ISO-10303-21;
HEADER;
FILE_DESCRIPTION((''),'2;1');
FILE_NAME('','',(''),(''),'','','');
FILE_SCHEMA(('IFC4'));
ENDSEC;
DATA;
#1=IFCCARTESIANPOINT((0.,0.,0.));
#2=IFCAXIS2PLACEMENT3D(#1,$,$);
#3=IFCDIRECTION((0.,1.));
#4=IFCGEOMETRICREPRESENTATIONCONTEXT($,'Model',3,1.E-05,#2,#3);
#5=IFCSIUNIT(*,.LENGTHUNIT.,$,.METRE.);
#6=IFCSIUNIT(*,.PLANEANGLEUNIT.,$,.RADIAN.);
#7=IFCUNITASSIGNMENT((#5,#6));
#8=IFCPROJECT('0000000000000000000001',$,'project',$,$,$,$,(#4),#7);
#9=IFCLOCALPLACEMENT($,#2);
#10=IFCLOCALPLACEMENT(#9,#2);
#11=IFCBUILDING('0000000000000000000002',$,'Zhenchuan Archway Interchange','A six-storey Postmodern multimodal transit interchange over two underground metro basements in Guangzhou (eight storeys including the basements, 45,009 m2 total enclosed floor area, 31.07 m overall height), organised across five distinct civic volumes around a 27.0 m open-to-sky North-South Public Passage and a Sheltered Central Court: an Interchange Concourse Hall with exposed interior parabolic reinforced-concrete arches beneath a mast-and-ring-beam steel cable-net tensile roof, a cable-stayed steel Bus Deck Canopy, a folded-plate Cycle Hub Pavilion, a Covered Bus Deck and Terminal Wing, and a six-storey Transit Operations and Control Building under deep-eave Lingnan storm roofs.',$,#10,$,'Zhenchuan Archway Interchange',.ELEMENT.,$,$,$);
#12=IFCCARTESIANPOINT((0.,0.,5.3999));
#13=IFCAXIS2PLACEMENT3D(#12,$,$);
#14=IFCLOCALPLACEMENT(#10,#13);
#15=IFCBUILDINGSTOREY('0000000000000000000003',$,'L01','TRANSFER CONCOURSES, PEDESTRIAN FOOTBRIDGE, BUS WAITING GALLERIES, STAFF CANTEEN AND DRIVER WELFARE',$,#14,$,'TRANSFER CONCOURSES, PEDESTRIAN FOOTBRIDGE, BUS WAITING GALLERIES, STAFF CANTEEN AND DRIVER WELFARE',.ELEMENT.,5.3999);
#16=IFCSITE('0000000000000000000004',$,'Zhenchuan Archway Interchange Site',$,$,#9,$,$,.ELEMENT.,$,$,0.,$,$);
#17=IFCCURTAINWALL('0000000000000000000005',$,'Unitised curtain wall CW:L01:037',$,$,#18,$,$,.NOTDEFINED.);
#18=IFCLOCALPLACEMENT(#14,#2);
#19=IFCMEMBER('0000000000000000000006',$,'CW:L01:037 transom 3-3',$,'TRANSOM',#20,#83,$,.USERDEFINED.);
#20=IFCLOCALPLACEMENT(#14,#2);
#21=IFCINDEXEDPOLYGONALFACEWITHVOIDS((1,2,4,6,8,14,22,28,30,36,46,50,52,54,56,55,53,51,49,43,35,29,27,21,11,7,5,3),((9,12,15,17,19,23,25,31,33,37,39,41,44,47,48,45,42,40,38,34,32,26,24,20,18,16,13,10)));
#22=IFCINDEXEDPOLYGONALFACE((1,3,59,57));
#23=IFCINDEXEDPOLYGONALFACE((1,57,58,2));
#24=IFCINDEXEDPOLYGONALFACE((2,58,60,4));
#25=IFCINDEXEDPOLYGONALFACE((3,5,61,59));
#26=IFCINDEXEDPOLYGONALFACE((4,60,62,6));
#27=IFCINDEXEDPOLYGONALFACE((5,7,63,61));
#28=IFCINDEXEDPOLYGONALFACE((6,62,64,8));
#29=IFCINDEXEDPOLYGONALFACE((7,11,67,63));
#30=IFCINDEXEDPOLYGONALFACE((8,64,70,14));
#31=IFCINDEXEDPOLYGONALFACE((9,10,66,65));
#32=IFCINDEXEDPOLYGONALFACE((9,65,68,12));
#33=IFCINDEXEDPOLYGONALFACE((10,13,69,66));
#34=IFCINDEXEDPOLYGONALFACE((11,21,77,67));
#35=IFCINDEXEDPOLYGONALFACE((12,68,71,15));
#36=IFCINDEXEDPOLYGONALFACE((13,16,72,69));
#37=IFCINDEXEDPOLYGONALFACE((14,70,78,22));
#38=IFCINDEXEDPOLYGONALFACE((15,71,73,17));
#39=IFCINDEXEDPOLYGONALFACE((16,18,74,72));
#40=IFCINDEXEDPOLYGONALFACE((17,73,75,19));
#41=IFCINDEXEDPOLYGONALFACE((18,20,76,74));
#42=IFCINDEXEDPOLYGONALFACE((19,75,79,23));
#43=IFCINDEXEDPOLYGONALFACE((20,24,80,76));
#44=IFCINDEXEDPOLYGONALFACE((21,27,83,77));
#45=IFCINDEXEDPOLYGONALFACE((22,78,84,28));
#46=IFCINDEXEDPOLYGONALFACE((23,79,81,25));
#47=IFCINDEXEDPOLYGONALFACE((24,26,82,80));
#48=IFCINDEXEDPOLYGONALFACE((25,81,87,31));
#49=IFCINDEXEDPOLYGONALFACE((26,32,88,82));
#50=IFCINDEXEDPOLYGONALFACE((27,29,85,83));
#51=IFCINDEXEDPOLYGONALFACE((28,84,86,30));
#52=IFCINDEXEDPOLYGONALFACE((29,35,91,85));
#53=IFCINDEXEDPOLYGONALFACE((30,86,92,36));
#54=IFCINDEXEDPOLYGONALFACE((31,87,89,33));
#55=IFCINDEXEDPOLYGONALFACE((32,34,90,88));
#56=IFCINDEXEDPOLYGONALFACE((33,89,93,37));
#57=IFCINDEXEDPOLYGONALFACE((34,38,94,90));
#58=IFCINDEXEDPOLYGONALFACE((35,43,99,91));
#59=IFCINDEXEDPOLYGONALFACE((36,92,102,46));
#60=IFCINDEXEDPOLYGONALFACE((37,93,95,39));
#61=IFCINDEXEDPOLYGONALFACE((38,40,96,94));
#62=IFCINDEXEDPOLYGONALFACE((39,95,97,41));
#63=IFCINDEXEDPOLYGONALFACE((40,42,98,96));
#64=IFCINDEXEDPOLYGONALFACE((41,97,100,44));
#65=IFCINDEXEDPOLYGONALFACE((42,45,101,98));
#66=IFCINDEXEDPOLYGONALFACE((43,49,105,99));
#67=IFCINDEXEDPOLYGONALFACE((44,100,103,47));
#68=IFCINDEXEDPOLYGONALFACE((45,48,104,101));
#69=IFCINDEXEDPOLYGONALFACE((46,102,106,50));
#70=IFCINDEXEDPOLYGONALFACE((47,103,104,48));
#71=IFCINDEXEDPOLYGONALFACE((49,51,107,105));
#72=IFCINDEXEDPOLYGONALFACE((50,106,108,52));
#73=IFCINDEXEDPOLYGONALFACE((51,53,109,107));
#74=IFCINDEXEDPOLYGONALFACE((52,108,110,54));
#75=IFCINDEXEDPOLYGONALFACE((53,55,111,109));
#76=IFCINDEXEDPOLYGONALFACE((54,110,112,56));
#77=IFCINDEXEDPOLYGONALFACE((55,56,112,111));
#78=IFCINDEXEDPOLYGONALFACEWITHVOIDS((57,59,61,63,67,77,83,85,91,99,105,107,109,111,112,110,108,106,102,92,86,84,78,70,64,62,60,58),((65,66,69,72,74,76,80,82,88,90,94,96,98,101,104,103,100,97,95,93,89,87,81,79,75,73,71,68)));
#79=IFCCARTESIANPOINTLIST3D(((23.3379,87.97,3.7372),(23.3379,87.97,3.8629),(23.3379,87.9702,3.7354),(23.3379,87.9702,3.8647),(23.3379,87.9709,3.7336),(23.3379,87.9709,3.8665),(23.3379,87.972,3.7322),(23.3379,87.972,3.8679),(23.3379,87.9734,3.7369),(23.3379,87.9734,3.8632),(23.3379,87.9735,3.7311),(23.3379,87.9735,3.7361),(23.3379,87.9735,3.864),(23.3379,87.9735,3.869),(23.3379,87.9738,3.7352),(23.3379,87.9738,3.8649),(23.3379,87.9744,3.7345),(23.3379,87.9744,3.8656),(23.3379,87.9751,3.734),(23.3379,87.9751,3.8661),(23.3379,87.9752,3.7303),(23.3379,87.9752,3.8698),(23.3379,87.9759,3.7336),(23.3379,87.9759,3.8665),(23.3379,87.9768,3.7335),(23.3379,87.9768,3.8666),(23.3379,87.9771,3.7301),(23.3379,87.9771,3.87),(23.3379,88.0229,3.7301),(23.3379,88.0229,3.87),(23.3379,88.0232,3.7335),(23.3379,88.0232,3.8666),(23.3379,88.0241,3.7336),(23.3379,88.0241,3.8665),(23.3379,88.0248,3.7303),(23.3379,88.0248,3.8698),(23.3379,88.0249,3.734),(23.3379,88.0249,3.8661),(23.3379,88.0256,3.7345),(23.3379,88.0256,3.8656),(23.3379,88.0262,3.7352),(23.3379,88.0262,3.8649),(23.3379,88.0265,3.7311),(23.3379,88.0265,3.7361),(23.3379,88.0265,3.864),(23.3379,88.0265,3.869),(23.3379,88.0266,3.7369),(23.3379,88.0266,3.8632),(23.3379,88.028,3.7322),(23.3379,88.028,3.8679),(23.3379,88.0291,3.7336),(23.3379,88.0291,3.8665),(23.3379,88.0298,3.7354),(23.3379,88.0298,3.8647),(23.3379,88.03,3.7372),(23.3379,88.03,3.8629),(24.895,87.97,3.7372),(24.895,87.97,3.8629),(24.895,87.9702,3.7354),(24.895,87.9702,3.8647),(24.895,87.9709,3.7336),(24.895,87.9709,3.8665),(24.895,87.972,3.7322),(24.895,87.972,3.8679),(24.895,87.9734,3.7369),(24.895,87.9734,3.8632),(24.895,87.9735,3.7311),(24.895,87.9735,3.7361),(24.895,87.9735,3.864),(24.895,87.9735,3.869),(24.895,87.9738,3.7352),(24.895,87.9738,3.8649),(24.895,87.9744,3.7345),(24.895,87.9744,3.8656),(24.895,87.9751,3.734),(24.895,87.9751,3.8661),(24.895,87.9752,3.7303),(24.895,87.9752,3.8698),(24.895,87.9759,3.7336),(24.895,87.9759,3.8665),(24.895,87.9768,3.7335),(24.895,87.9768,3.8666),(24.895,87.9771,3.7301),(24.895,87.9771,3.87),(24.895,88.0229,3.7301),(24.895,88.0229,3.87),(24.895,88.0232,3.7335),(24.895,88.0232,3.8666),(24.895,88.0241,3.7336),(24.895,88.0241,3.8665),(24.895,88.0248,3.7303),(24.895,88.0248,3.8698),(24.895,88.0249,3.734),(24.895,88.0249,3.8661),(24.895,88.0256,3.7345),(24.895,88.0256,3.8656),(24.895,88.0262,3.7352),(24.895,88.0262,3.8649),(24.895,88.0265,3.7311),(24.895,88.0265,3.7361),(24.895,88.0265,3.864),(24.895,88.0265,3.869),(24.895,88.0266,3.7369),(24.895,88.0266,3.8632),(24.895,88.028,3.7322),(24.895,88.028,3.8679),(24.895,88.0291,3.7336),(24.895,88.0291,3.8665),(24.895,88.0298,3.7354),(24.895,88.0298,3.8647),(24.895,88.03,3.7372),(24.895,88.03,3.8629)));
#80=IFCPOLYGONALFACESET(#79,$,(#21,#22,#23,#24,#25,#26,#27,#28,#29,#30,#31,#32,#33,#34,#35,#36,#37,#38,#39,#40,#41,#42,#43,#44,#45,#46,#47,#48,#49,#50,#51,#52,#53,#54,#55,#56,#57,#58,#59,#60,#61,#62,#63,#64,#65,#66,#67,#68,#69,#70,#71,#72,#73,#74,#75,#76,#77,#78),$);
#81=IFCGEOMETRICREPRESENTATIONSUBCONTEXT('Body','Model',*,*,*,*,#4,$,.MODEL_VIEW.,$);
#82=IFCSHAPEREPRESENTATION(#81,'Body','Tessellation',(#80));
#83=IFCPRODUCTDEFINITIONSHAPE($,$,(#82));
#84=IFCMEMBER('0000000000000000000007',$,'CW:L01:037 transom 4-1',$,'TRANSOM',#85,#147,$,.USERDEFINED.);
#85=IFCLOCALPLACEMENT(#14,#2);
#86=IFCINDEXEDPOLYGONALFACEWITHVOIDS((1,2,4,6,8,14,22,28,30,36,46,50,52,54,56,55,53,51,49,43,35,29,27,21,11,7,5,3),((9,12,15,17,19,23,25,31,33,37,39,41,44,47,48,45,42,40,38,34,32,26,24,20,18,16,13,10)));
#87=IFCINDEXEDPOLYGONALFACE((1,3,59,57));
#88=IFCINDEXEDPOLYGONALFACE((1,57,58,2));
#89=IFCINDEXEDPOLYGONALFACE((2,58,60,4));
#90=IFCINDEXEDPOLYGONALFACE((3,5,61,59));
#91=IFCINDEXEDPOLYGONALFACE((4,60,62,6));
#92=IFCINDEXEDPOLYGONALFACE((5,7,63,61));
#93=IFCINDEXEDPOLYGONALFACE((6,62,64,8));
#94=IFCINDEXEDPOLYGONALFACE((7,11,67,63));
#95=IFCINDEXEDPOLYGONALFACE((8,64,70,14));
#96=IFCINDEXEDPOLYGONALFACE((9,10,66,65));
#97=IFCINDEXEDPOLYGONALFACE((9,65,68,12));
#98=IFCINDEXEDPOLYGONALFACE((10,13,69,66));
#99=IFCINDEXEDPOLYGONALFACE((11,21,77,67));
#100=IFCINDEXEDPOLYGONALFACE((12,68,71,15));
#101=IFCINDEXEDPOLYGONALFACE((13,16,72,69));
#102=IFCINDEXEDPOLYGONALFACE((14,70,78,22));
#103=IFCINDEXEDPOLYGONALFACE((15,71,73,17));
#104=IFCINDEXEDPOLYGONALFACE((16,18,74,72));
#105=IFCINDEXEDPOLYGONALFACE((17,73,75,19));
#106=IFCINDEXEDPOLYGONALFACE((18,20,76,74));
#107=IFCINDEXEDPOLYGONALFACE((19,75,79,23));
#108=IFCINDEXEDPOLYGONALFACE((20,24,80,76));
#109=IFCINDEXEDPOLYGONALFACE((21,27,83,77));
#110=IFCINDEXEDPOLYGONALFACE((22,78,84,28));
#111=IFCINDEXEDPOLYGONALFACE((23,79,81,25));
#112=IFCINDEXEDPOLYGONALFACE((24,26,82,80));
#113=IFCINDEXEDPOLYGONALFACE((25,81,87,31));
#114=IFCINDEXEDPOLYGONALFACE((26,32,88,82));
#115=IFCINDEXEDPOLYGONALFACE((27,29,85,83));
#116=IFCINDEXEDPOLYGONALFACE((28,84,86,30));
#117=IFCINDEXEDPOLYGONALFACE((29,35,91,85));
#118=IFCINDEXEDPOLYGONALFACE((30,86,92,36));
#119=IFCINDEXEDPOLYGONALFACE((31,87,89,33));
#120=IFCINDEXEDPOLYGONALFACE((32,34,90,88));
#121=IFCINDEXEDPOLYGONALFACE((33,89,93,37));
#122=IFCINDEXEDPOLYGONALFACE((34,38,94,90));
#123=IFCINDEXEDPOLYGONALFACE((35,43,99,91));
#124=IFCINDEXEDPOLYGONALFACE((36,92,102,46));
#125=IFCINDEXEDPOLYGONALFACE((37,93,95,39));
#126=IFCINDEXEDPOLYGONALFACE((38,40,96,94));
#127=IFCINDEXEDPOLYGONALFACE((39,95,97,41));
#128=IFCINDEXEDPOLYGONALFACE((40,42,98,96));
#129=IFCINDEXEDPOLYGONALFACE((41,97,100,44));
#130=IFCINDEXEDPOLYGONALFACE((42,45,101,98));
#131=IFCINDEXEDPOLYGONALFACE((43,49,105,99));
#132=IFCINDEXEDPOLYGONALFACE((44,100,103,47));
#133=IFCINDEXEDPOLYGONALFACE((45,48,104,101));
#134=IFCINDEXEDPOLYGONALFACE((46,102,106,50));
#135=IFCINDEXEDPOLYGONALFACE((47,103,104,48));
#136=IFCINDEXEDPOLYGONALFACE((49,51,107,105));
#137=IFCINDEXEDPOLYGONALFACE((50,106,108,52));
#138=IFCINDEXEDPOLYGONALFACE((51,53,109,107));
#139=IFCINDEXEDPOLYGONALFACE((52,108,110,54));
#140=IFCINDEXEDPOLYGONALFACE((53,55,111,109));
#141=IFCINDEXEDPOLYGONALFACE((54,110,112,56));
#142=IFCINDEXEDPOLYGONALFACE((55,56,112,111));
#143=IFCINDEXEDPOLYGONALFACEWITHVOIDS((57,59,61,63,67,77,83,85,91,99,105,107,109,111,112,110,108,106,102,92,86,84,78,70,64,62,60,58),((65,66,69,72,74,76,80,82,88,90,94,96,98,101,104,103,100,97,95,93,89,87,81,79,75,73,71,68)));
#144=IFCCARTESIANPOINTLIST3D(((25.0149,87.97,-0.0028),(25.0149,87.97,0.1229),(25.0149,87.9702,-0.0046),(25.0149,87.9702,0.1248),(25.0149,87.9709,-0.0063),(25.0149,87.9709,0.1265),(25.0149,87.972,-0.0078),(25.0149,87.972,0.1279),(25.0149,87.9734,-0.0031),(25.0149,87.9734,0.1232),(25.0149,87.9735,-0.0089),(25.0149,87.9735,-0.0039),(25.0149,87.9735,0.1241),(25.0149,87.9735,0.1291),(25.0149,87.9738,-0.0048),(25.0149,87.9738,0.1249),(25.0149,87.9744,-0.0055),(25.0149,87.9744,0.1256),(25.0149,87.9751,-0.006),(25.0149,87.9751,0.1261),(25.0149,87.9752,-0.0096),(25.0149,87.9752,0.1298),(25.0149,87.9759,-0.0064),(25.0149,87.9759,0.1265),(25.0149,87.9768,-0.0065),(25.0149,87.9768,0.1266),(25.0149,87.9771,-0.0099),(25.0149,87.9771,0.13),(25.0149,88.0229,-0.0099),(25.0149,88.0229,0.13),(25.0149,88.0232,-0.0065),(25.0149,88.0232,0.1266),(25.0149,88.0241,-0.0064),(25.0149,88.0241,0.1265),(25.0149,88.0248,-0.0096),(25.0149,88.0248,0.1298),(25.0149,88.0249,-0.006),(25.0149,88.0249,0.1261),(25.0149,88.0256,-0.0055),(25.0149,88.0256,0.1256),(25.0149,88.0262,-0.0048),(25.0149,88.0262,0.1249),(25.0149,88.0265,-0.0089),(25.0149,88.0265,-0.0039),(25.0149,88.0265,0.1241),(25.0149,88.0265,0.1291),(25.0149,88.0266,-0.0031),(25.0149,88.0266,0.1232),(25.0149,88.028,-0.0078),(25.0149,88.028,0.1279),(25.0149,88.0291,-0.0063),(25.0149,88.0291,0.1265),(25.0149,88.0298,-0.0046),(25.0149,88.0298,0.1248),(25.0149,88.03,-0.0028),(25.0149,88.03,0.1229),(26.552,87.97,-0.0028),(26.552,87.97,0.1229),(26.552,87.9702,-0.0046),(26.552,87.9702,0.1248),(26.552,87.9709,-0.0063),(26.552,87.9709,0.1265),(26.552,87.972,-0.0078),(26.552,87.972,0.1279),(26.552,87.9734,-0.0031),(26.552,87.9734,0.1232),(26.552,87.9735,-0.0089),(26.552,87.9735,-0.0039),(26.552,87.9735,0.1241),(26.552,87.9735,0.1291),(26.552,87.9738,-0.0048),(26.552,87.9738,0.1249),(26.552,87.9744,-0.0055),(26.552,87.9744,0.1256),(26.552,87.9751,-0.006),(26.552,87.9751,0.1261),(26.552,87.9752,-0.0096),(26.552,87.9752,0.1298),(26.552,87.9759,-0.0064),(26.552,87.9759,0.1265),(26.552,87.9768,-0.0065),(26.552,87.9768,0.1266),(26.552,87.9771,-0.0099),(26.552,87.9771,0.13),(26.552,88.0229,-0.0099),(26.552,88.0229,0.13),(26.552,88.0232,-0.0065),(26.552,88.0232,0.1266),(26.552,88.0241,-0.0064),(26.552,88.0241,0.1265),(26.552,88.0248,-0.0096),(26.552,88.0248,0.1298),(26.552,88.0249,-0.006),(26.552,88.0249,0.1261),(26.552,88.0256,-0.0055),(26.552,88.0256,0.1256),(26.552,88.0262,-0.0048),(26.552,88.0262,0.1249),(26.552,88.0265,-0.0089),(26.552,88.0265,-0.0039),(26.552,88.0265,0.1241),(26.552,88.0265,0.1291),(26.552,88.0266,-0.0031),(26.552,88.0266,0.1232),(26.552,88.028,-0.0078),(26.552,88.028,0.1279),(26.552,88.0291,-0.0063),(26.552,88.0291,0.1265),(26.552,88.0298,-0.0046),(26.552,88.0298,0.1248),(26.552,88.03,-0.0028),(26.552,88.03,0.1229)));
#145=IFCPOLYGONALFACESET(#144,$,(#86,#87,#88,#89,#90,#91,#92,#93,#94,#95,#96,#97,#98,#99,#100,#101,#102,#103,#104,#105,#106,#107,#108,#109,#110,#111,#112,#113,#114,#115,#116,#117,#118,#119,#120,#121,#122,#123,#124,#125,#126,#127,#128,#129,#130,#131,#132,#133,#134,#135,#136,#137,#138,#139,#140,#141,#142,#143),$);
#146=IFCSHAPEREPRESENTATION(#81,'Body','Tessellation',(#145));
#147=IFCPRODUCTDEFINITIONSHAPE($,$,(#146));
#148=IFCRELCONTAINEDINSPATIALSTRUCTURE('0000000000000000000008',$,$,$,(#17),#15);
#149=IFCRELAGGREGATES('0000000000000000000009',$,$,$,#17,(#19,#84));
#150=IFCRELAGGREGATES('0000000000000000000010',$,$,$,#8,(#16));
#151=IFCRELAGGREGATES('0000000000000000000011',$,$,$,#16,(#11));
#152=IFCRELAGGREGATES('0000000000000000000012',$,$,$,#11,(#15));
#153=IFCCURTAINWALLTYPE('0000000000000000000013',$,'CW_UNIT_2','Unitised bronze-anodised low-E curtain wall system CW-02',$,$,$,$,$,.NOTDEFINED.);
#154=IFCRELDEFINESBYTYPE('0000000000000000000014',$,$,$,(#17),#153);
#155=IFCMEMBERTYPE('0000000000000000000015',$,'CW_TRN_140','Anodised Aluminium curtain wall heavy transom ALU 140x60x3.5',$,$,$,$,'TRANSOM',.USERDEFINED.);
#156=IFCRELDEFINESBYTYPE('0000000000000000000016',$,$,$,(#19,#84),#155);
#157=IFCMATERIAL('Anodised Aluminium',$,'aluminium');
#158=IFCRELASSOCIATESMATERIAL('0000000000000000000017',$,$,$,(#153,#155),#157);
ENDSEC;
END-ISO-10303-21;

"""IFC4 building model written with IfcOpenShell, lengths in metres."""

from ifc_helpers import new_model, si_unit, direction, frame, origin, origin_2d, place, context, subcontext, project, spatial, hollow_rectangle, extrude, material, material_profile, profile_set, type_object, element, aggregate, save


model = new_model("IFC4")

# Units and contexts
model_context = context("Model", 3, precision=1e-05, world=origin(), true_north=direction((0.0, 1.0)))
body_context = subcontext(model_context, "Body", "Model", "MODEL_VIEW")
ifc_project = project(units=[si_unit("LENGTHUNIT", "METRE"), si_unit("PLANEANGLEUNIT", "RADIAN")], contexts=[model_context])

# Site, building, storey
site_placement = place(None, origin())
site = spatial("IfcSite", under=ifc_project, at=site_placement, Name="Zhenchuan Archway Interchange Site", CompositionType="ELEMENT", RefElevation=0.0)
building_placement = place(site_placement, origin())
building = spatial("IfcBuilding", under=site, at=building_placement, Name="Zhenchuan Archway Interchange", Description="A six-storey Postmodern multimodal transit interchange over two underground metro basements in Guangzhou (eight storeys including the basements, 45,009 m2 total enclosed floor area, 31.07 m overall height), organised across five distinct civic volumes around a 27.0 m open-to-sky North-South Public Passage and a Sheltered Central Court: an Interchange Concourse Hall with exposed interior parabolic reinforced-concrete arches beneath a mast-and-ring-beam steel cable-net tensile roof, a cable-stayed steel Bus Deck Canopy, a folded-plate Cycle Hub Pavilion, a Covered Bus Deck and Terminal Wing, and a six-storey Transit Operations and Control Building under deep-eave Lingnan storm roofs.", LongName="Zhenchuan Archway Interchange", CompositionType="ELEMENT")
storey_placement = place(building_placement, frame((0.0, 0.0, 5.3999)))
storey = spatial("IfcBuildingStorey", under=building, at=storey_placement, Name="L01", Description="TRANSFER CONCOURSES, PEDESTRIAN FOOTBRIDGE, BUS WAITING GALLERIES, STAFF CANTEEN AND DRIVER WELFARE", LongName="TRANSFER CONCOURSES, PEDESTRIAN FOOTBRIDGE, BUS WAITING GALLERIES, STAFF CANTEEN AND DRIVER WELFARE", CompositionType="ELEMENT", Elevation=5.3999)

# Curtain wall
ifc_material_1 = material(Name="Anodised Aluminium", Category="aluminium")
curtain_wall_type_1 = type_object("IfcCurtainWallType", Name="CW_UNIT_2", Description="Unitised bronze-anodised low-E curtain wall system CW-02", PredefinedType="NOTDEFINED", material=ifc_material_1)
curtain_wall_1_placement = place(storey_placement, origin())
curtain_wall_1 = element("IfcCurtainWall", 1, at=curtain_wall_1_placement, inside=storey, type_object=curtain_wall_type_1, Name="Unitised curtain wall CW:L01:037", PredefinedType="NOTDEFINED")

# Members
ifc_material_profile_1 = material_profile(ifc_material_1, hollow_rectangle(XDim=0.0601, YDim=0.1399, WallThickness=0.0034, InnerFilletRadius=0.0034, OuterFilletRadius=0.0071, at=origin_2d()), Name="ALU 140x60x3.5")
ifc_profile_set_1 = profile_set([ifc_material_profile_1], Name="Anodised Aluminium")
member_type_1 = type_object("IfcMemberType", Name="CW_TRN_140", Description="Anodised Aluminium curtain wall heavy transom ALU 140x60x3.5", ElementType="TRANSOM", PredefinedType="USERDEFINED", material=ifc_profile_set_1)
member_1_placement = place(storey_placement, frame((23.3379, 88.0, 3.8), z_axis=(1.0, 0.0, 0.0), x_axis=(0.0, 1.0, 0.0)))
member_1 = element("IfcMember", 2, at=member_1_placement, type_object=member_type_1, Name="CW:L01:037 transom 3-3", ObjectType="TRANSOM", PredefinedType="USERDEFINED", context=body_context, shape_type="SweptSolid", body=[
    extrude(hollow_rectangle(XDim=0.0601, YDim=0.1399, WallThickness=0.0034, InnerFilletRadius=0.0034, OuterFilletRadius=0.0071, at=origin_2d()), origin(), (0.0, 0.0, 1.0), 1.5571),
])
member_2_placement = place(storey_placement, frame((25.0149, 88.0, 0.0601), z_axis=(1.0, 0.0, 0.0), x_axis=(0.0, 1.0, 0.0)))
member_2 = element("IfcMember", 3, at=member_2_placement, type_object=member_type_1, Name="CW:L01:037 transom 4-1", ObjectType="TRANSOM", PredefinedType="USERDEFINED", context=body_context, shape_type="SweptSolid", body=[
    extrude(hollow_rectangle(XDim=0.0601, YDim=0.1399, WallThickness=0.0034, InnerFilletRadius=0.0034, OuterFilletRadius=0.0071, at=origin_2d()), origin(), (0.0, 0.0, 1.0), 1.5371),
])

aggregate(curtain_wall_1, [member_1, member_2])

save(model, "model.ifc")
